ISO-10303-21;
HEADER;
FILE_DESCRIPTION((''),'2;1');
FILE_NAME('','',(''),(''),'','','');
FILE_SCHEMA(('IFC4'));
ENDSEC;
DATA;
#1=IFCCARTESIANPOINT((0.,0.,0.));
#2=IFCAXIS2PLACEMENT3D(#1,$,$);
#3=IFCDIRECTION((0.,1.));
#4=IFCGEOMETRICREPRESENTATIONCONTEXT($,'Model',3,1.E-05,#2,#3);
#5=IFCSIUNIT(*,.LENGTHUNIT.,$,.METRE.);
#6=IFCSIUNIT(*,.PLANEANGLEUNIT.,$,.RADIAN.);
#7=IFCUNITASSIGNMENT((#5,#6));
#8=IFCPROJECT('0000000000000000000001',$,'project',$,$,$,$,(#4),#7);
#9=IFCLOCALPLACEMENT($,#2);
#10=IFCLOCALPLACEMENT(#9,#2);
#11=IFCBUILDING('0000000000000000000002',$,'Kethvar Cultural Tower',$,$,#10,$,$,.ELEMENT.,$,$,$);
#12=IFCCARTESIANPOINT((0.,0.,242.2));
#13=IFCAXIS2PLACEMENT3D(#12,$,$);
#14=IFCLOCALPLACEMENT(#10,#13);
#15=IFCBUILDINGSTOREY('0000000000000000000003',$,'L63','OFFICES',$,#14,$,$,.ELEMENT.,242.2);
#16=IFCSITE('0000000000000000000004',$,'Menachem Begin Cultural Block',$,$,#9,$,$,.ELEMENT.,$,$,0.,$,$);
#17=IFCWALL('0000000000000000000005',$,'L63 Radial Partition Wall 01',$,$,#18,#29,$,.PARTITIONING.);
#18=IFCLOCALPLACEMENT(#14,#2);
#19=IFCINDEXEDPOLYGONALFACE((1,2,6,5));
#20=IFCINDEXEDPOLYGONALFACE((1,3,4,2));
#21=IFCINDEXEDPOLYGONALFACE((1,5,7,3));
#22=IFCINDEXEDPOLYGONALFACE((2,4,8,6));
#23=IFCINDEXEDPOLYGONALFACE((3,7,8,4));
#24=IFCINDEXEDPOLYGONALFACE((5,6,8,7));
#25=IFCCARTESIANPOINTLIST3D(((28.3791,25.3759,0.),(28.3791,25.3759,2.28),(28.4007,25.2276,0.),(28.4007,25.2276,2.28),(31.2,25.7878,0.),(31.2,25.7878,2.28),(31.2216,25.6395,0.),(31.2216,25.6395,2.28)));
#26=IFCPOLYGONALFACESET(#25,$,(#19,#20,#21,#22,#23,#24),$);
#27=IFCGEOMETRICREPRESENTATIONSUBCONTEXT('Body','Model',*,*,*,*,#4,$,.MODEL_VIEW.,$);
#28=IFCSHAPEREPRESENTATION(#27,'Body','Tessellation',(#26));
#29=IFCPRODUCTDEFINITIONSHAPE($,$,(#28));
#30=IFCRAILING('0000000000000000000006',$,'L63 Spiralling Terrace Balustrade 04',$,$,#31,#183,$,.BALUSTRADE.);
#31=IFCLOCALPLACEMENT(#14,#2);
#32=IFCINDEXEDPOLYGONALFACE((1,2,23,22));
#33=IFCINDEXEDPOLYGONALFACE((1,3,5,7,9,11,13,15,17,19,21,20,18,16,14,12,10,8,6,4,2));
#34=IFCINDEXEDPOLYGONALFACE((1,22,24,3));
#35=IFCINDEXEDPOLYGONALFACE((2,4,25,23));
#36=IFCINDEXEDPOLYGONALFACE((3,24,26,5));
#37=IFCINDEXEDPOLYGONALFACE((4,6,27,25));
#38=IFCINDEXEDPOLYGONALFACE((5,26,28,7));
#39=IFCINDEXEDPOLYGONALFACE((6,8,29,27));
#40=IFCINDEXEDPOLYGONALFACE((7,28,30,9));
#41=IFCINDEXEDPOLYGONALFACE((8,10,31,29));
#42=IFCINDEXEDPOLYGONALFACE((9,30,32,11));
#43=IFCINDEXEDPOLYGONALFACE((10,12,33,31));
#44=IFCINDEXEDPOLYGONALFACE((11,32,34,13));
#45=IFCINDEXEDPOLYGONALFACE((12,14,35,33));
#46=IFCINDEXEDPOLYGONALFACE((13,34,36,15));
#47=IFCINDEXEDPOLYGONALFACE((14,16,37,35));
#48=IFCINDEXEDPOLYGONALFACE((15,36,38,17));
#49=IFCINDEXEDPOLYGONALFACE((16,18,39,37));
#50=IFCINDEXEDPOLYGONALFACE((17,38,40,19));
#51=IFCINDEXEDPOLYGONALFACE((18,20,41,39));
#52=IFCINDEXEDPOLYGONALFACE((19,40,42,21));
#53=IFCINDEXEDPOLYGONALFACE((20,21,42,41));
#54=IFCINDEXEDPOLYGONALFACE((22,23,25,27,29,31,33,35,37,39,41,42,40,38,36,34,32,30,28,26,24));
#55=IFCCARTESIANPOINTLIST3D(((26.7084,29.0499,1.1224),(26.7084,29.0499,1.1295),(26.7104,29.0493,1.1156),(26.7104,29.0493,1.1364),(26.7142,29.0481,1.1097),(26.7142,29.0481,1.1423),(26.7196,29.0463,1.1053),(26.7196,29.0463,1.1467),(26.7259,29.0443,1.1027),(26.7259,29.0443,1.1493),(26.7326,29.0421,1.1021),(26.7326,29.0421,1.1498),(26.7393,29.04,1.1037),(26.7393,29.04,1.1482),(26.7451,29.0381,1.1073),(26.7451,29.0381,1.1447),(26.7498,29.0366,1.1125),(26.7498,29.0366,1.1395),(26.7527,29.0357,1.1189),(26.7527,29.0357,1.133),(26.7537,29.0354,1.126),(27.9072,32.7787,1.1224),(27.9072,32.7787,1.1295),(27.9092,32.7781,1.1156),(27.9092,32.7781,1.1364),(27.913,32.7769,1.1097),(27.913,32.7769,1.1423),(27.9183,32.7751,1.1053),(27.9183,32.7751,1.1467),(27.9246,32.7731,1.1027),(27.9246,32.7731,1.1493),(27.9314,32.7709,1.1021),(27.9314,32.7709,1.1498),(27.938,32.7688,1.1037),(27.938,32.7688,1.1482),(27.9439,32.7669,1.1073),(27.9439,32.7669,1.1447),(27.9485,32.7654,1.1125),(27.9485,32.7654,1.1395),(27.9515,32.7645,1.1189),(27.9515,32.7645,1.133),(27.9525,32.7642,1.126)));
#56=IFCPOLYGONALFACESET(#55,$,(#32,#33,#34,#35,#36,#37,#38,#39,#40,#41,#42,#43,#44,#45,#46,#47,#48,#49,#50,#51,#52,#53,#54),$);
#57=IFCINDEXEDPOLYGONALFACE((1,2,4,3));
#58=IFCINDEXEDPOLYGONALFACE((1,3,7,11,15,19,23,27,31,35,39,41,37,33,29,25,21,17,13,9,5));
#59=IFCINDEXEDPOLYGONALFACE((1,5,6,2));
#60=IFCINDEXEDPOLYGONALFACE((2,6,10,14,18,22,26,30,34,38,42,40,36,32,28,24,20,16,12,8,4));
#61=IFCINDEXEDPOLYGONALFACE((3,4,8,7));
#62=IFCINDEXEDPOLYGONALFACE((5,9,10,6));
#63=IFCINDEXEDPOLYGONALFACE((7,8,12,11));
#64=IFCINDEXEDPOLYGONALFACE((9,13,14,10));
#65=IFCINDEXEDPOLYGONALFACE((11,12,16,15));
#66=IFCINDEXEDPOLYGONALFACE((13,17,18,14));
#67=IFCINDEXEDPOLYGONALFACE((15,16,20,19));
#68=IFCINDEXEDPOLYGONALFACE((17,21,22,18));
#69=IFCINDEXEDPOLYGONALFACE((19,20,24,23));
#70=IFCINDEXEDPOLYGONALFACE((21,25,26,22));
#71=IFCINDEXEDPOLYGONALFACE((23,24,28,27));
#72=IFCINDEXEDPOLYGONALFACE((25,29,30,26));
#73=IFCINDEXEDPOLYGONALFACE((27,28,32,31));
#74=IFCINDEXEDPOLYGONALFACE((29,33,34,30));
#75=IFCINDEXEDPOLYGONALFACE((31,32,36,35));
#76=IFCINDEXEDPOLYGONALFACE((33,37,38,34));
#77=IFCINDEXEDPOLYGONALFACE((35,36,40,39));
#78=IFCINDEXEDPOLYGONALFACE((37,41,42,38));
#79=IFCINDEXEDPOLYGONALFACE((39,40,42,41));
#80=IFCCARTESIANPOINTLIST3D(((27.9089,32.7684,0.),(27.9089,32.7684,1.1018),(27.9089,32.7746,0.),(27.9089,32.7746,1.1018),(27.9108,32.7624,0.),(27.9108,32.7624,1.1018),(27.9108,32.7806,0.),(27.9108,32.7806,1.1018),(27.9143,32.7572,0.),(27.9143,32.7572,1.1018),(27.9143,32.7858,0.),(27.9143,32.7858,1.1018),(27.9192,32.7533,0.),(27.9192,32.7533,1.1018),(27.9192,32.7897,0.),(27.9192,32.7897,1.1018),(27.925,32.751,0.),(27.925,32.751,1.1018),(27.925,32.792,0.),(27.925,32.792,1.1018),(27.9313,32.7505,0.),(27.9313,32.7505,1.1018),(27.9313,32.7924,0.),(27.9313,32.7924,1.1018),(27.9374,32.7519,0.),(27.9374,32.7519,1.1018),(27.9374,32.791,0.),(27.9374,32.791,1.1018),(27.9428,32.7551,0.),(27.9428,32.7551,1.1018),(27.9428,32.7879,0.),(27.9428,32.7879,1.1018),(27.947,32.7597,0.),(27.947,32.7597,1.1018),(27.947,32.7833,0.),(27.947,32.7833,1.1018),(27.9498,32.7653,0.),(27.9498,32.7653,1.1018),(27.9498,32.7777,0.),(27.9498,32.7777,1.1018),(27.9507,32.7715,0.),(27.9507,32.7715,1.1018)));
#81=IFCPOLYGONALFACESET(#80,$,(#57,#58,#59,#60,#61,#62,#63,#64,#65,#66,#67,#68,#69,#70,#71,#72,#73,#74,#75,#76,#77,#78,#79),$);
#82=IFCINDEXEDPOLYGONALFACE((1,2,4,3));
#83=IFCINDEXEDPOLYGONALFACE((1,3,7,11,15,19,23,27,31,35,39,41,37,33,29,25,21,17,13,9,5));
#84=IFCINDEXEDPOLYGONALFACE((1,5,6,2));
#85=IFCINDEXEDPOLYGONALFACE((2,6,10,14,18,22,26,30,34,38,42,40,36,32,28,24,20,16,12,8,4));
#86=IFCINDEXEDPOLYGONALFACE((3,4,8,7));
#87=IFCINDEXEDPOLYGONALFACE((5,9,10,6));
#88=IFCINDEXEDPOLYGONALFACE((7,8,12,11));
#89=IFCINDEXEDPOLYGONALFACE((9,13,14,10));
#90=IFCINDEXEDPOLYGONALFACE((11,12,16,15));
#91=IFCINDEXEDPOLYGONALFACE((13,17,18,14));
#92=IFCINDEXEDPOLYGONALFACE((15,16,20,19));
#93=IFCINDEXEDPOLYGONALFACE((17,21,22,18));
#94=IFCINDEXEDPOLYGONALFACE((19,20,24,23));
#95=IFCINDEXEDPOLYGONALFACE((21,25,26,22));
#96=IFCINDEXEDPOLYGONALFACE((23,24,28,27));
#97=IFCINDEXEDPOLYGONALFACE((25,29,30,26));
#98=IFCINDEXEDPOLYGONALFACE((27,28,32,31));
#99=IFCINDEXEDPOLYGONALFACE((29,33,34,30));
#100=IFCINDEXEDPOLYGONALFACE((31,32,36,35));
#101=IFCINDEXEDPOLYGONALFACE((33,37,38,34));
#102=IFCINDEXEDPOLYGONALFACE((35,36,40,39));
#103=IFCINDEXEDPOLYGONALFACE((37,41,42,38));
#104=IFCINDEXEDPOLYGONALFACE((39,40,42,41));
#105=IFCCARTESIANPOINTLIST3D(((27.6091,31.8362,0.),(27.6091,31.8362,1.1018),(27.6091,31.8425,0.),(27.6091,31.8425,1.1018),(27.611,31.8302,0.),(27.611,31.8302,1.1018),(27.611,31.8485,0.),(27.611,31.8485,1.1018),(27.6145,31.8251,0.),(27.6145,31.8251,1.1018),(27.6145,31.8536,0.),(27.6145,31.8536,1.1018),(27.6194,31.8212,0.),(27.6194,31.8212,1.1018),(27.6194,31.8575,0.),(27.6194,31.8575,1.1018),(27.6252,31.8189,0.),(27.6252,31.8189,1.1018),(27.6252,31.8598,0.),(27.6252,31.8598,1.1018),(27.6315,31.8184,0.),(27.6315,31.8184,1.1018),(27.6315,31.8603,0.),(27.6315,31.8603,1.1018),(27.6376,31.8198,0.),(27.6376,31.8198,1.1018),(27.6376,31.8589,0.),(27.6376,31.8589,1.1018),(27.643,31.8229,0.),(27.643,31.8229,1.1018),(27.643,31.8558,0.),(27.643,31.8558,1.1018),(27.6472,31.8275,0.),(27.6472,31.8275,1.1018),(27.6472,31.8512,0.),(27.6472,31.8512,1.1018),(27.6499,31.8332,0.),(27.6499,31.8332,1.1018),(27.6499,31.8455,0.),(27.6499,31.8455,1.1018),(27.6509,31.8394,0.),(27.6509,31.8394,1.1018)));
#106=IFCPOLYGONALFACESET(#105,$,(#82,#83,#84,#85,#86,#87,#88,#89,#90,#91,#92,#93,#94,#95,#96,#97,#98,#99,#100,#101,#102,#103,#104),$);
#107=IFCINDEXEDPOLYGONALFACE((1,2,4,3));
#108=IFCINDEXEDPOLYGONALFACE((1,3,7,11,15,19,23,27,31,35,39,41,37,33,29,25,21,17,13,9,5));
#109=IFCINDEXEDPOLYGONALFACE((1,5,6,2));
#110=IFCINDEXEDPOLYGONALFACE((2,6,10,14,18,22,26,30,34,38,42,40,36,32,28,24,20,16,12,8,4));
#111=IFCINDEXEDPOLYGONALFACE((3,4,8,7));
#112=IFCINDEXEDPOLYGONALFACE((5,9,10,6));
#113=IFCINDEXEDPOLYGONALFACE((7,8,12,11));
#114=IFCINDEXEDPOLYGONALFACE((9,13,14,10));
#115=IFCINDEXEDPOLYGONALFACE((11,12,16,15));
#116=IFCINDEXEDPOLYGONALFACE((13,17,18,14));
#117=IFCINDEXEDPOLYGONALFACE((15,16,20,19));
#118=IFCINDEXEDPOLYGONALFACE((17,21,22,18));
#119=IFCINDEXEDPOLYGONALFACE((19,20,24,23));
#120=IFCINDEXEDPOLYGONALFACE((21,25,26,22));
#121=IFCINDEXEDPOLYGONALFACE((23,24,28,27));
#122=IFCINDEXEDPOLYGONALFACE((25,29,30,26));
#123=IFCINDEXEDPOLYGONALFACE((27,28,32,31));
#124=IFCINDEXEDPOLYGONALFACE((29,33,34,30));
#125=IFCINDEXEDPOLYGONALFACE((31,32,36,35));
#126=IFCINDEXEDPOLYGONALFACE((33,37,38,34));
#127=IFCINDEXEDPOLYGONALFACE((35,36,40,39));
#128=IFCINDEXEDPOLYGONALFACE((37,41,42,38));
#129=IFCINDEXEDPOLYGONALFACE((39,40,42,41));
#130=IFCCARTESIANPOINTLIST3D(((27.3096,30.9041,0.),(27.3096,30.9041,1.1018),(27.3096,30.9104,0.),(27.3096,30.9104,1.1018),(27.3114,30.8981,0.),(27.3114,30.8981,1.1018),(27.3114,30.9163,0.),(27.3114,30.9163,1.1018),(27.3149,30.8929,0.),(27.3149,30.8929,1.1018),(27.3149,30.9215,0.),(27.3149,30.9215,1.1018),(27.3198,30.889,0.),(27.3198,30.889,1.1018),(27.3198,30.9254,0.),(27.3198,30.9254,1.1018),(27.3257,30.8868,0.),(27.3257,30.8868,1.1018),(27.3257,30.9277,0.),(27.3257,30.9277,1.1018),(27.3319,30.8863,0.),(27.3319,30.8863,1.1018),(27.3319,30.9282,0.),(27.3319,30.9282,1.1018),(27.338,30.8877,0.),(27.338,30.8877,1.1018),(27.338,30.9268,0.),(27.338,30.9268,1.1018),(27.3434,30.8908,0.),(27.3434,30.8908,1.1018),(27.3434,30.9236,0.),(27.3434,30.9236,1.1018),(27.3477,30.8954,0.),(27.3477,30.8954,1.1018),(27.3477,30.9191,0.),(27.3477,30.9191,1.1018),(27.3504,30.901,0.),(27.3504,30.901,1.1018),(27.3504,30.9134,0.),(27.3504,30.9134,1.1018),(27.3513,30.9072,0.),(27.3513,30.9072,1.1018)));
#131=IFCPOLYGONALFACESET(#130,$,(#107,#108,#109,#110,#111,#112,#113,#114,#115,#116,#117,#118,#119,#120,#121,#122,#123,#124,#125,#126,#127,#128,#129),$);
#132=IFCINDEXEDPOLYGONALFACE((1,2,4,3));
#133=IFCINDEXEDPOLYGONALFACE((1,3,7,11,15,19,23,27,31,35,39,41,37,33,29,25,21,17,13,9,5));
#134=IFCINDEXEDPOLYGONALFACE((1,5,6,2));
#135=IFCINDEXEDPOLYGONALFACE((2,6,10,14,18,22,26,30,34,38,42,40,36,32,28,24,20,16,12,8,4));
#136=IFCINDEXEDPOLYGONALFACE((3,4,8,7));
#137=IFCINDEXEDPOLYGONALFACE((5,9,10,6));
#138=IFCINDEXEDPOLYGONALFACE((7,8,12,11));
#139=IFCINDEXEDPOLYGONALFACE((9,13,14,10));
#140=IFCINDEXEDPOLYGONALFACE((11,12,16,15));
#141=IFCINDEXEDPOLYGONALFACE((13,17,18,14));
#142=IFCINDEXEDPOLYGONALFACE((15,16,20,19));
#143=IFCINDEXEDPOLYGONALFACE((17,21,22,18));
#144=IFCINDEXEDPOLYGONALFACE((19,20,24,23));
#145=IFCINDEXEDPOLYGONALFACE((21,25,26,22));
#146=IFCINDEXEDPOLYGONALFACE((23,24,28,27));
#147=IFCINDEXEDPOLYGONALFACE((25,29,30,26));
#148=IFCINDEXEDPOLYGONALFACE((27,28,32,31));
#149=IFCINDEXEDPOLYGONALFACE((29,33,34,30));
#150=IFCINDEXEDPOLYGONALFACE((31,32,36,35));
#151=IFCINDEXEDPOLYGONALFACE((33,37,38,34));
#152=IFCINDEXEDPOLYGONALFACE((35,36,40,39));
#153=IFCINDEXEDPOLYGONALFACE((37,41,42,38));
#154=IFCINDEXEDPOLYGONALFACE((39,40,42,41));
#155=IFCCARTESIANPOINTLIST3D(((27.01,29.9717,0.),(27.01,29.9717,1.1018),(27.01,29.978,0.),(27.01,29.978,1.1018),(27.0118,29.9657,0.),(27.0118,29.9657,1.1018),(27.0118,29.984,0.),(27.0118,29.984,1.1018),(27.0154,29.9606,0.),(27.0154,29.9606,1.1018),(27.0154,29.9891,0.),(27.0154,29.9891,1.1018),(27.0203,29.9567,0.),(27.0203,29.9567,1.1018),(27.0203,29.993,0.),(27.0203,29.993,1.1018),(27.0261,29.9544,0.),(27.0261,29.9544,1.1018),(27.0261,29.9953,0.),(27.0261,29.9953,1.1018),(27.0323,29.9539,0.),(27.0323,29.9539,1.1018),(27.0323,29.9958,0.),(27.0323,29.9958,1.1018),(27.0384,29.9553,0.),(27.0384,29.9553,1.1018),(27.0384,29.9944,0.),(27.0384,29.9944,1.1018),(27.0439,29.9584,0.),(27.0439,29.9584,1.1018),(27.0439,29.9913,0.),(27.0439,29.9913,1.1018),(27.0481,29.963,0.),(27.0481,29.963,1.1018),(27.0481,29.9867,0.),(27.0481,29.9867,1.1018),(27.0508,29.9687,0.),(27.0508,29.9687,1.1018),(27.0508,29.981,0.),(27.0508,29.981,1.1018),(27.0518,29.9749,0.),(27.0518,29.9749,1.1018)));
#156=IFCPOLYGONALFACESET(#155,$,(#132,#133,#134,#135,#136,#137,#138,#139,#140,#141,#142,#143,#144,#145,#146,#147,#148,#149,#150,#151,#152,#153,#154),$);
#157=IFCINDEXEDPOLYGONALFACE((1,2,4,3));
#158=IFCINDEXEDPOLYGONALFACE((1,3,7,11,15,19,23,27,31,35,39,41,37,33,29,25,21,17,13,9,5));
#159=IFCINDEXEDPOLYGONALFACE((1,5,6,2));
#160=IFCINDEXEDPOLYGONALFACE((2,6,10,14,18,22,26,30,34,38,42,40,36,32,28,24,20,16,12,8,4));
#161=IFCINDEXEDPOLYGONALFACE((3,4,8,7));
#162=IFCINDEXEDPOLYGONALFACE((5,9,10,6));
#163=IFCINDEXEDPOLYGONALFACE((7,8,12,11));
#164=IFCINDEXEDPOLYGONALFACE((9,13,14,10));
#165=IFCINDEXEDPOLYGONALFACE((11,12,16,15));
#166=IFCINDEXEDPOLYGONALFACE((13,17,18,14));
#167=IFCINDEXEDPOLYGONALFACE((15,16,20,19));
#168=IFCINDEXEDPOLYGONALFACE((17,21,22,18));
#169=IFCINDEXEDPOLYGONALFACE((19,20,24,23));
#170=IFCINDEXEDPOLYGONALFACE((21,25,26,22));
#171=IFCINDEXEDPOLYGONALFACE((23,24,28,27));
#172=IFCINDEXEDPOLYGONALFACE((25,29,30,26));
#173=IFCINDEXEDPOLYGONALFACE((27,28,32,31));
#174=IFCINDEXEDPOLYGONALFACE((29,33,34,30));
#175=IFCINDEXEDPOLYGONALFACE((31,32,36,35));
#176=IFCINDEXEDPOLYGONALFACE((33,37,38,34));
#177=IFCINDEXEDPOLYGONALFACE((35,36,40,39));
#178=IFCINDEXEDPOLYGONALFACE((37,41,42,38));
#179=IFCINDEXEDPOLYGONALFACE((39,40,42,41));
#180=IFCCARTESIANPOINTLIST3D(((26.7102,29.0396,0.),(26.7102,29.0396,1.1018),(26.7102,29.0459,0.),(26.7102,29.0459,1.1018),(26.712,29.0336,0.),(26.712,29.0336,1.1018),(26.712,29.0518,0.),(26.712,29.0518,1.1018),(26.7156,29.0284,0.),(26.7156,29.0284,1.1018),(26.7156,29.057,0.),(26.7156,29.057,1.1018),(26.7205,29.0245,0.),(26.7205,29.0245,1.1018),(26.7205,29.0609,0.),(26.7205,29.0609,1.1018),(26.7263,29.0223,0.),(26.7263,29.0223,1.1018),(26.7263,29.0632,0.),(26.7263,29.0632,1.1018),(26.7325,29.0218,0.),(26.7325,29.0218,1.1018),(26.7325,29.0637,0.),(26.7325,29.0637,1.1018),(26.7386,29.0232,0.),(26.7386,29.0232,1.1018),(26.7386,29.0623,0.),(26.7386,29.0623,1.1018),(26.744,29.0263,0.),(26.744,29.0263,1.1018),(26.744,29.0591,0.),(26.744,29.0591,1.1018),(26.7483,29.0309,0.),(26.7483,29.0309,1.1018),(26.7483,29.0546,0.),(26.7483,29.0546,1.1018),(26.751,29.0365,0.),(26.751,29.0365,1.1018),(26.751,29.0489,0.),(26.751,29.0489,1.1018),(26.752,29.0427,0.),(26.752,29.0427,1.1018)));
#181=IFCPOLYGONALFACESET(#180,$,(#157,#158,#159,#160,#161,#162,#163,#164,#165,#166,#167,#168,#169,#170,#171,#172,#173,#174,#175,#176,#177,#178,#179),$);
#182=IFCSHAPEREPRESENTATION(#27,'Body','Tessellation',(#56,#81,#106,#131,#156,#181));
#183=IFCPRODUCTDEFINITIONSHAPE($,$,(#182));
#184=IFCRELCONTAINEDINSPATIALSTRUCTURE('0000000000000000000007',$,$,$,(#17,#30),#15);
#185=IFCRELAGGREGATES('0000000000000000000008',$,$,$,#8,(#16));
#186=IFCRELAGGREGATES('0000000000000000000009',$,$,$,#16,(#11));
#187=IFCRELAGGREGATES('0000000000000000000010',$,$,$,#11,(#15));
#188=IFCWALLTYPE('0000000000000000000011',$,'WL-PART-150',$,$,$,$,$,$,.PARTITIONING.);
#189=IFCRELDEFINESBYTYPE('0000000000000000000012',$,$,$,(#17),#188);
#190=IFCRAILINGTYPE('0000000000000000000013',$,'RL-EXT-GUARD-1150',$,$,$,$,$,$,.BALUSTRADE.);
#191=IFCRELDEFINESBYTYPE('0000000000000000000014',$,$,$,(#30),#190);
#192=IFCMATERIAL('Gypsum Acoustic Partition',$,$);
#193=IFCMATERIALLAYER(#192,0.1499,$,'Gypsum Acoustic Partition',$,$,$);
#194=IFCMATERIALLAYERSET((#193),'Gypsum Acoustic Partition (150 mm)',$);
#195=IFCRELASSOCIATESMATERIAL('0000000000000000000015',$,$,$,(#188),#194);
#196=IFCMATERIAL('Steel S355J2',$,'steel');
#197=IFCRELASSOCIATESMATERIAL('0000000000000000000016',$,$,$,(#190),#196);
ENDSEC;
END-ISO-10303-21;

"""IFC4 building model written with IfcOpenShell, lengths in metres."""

from ifc_helpers import new_model, si_unit, direction, frame, frame_2d, origin, origin_2d, place, context, subcontext, project, spatial, rectangle, circle, extrude, material, layer, layer_set, type_object, element, save


model = new_model("IFC4")

# Units and contexts
model_context = context("Model", 3, precision=1e-05, world=origin(), true_north=direction((0.0, 1.0)))
body_context = subcontext(model_context, "Body", "Model", "MODEL_VIEW")
ifc_project = project(units=[si_unit("LENGTHUNIT", "METRE"), si_unit("PLANEANGLEUNIT", "RADIAN")], contexts=[model_context])

# Site, building, storey
site_placement = place(None, origin())
site = spatial("IfcSite", under=ifc_project, at=site_placement, Name="Menachem Begin Cultural Block", CompositionType="ELEMENT", RefElevation=0.0)
building_placement = place(site_placement, origin())
building = spatial("IfcBuilding", under=site, at=building_placement, Name="Kethvar Cultural Tower", CompositionType="ELEMENT")
storey_placement = place(building_placement, frame((0.0, 0.0, 242.2)))
storey = spatial("IfcBuildingStorey", under=building, at=storey_placement, Name="L63", Description="OFFICES", CompositionType="ELEMENT", Elevation=242.2)

# Shared definitions
ifc_material_1 = material(Name="Steel S355J2", Category="steel")

# Wall
ifc_material_2 = material(Name="Gypsum Acoustic Partition")
ifc_layer_1 = layer(ifc_material_2, 0.1499, Name="Gypsum Acoustic Partition")
ifc_layer_set_1 = layer_set([ifc_layer_1], Name="Gypsum Acoustic Partition (150 mm)")
wall_type_1 = type_object("IfcWallType", Name="WL-PART-150", PredefinedType="PARTITIONING", material=ifc_layer_set_1)
wall_1_placement = place(storey_placement, frame((31.2107, 25.7136, 0.0), z_axis=(0.0, 0.0, 1.0), x_axis=(-0.989508, -0.144478, 0.0)))
element("IfcWall", 1, at=wall_1_placement, inside=storey, type_object=wall_type_1, Name="L63 Radial Partition Wall 01", PredefinedType="PARTITIONING", context=body_context, shape_type="SweptSolid", body=[
    extrude(rectangle(XDim=2.8508, YDim=0.1499, at=frame_2d((1.4253, 0.0))), origin(), (0.0, 0.0, 1.0), 2.28),
])

# Railing
railing_type = type_object("IfcRailingType", Name="RL-EXT-GUARD-1150", PredefinedType="BALUSTRADE", material=ifc_material_1)
railing_1_placement = place(storey_placement, frame((27.9297, 32.7715, 0.0)))
element("IfcRailing", 2, at=railing_1_placement, inside=storey, type_object=railing_type, Name="L63 Spiralling Terrace Balustrade 04", PredefinedType="BALUSTRADE", context=body_context, shape_type="SweptSolid", body=[
    extrude(circle(Radius=0.0239, at=origin_2d()), frame((0.0, 0.0, 1.126), z_axis=(-0.306056, -0.952014, 0.0), x_axis=(0.952014, -0.306056, 0.0)), (0.0, 0.0, 1.0), 3.9167),
    extrude(circle(Radius=0.021, at=origin_2d()), origin(), (0.0, 0.0, 1.0), 1.1018),
    extrude(circle(Radius=0.021, at=origin_2d()), frame((-0.2998, -0.9321, 0.0)), (0.0, 0.0, 1.0), 1.1018),
    extrude(circle(Radius=0.021, at=origin_2d()), frame((-0.5994, -1.8643, 0.0)), (0.0, 0.0, 1.0), 1.1018),
    extrude(circle(Radius=0.021, at=origin_2d()), frame((-0.8989, -2.7966, 0.0)), (0.0, 0.0, 1.0), 1.1018),
    extrude(circle(Radius=0.021, at=origin_2d()), frame((-1.1987, -3.7288, 0.0)), (0.0, 0.0, 1.0), 1.1018),
])

save(model, "model.ifc")
